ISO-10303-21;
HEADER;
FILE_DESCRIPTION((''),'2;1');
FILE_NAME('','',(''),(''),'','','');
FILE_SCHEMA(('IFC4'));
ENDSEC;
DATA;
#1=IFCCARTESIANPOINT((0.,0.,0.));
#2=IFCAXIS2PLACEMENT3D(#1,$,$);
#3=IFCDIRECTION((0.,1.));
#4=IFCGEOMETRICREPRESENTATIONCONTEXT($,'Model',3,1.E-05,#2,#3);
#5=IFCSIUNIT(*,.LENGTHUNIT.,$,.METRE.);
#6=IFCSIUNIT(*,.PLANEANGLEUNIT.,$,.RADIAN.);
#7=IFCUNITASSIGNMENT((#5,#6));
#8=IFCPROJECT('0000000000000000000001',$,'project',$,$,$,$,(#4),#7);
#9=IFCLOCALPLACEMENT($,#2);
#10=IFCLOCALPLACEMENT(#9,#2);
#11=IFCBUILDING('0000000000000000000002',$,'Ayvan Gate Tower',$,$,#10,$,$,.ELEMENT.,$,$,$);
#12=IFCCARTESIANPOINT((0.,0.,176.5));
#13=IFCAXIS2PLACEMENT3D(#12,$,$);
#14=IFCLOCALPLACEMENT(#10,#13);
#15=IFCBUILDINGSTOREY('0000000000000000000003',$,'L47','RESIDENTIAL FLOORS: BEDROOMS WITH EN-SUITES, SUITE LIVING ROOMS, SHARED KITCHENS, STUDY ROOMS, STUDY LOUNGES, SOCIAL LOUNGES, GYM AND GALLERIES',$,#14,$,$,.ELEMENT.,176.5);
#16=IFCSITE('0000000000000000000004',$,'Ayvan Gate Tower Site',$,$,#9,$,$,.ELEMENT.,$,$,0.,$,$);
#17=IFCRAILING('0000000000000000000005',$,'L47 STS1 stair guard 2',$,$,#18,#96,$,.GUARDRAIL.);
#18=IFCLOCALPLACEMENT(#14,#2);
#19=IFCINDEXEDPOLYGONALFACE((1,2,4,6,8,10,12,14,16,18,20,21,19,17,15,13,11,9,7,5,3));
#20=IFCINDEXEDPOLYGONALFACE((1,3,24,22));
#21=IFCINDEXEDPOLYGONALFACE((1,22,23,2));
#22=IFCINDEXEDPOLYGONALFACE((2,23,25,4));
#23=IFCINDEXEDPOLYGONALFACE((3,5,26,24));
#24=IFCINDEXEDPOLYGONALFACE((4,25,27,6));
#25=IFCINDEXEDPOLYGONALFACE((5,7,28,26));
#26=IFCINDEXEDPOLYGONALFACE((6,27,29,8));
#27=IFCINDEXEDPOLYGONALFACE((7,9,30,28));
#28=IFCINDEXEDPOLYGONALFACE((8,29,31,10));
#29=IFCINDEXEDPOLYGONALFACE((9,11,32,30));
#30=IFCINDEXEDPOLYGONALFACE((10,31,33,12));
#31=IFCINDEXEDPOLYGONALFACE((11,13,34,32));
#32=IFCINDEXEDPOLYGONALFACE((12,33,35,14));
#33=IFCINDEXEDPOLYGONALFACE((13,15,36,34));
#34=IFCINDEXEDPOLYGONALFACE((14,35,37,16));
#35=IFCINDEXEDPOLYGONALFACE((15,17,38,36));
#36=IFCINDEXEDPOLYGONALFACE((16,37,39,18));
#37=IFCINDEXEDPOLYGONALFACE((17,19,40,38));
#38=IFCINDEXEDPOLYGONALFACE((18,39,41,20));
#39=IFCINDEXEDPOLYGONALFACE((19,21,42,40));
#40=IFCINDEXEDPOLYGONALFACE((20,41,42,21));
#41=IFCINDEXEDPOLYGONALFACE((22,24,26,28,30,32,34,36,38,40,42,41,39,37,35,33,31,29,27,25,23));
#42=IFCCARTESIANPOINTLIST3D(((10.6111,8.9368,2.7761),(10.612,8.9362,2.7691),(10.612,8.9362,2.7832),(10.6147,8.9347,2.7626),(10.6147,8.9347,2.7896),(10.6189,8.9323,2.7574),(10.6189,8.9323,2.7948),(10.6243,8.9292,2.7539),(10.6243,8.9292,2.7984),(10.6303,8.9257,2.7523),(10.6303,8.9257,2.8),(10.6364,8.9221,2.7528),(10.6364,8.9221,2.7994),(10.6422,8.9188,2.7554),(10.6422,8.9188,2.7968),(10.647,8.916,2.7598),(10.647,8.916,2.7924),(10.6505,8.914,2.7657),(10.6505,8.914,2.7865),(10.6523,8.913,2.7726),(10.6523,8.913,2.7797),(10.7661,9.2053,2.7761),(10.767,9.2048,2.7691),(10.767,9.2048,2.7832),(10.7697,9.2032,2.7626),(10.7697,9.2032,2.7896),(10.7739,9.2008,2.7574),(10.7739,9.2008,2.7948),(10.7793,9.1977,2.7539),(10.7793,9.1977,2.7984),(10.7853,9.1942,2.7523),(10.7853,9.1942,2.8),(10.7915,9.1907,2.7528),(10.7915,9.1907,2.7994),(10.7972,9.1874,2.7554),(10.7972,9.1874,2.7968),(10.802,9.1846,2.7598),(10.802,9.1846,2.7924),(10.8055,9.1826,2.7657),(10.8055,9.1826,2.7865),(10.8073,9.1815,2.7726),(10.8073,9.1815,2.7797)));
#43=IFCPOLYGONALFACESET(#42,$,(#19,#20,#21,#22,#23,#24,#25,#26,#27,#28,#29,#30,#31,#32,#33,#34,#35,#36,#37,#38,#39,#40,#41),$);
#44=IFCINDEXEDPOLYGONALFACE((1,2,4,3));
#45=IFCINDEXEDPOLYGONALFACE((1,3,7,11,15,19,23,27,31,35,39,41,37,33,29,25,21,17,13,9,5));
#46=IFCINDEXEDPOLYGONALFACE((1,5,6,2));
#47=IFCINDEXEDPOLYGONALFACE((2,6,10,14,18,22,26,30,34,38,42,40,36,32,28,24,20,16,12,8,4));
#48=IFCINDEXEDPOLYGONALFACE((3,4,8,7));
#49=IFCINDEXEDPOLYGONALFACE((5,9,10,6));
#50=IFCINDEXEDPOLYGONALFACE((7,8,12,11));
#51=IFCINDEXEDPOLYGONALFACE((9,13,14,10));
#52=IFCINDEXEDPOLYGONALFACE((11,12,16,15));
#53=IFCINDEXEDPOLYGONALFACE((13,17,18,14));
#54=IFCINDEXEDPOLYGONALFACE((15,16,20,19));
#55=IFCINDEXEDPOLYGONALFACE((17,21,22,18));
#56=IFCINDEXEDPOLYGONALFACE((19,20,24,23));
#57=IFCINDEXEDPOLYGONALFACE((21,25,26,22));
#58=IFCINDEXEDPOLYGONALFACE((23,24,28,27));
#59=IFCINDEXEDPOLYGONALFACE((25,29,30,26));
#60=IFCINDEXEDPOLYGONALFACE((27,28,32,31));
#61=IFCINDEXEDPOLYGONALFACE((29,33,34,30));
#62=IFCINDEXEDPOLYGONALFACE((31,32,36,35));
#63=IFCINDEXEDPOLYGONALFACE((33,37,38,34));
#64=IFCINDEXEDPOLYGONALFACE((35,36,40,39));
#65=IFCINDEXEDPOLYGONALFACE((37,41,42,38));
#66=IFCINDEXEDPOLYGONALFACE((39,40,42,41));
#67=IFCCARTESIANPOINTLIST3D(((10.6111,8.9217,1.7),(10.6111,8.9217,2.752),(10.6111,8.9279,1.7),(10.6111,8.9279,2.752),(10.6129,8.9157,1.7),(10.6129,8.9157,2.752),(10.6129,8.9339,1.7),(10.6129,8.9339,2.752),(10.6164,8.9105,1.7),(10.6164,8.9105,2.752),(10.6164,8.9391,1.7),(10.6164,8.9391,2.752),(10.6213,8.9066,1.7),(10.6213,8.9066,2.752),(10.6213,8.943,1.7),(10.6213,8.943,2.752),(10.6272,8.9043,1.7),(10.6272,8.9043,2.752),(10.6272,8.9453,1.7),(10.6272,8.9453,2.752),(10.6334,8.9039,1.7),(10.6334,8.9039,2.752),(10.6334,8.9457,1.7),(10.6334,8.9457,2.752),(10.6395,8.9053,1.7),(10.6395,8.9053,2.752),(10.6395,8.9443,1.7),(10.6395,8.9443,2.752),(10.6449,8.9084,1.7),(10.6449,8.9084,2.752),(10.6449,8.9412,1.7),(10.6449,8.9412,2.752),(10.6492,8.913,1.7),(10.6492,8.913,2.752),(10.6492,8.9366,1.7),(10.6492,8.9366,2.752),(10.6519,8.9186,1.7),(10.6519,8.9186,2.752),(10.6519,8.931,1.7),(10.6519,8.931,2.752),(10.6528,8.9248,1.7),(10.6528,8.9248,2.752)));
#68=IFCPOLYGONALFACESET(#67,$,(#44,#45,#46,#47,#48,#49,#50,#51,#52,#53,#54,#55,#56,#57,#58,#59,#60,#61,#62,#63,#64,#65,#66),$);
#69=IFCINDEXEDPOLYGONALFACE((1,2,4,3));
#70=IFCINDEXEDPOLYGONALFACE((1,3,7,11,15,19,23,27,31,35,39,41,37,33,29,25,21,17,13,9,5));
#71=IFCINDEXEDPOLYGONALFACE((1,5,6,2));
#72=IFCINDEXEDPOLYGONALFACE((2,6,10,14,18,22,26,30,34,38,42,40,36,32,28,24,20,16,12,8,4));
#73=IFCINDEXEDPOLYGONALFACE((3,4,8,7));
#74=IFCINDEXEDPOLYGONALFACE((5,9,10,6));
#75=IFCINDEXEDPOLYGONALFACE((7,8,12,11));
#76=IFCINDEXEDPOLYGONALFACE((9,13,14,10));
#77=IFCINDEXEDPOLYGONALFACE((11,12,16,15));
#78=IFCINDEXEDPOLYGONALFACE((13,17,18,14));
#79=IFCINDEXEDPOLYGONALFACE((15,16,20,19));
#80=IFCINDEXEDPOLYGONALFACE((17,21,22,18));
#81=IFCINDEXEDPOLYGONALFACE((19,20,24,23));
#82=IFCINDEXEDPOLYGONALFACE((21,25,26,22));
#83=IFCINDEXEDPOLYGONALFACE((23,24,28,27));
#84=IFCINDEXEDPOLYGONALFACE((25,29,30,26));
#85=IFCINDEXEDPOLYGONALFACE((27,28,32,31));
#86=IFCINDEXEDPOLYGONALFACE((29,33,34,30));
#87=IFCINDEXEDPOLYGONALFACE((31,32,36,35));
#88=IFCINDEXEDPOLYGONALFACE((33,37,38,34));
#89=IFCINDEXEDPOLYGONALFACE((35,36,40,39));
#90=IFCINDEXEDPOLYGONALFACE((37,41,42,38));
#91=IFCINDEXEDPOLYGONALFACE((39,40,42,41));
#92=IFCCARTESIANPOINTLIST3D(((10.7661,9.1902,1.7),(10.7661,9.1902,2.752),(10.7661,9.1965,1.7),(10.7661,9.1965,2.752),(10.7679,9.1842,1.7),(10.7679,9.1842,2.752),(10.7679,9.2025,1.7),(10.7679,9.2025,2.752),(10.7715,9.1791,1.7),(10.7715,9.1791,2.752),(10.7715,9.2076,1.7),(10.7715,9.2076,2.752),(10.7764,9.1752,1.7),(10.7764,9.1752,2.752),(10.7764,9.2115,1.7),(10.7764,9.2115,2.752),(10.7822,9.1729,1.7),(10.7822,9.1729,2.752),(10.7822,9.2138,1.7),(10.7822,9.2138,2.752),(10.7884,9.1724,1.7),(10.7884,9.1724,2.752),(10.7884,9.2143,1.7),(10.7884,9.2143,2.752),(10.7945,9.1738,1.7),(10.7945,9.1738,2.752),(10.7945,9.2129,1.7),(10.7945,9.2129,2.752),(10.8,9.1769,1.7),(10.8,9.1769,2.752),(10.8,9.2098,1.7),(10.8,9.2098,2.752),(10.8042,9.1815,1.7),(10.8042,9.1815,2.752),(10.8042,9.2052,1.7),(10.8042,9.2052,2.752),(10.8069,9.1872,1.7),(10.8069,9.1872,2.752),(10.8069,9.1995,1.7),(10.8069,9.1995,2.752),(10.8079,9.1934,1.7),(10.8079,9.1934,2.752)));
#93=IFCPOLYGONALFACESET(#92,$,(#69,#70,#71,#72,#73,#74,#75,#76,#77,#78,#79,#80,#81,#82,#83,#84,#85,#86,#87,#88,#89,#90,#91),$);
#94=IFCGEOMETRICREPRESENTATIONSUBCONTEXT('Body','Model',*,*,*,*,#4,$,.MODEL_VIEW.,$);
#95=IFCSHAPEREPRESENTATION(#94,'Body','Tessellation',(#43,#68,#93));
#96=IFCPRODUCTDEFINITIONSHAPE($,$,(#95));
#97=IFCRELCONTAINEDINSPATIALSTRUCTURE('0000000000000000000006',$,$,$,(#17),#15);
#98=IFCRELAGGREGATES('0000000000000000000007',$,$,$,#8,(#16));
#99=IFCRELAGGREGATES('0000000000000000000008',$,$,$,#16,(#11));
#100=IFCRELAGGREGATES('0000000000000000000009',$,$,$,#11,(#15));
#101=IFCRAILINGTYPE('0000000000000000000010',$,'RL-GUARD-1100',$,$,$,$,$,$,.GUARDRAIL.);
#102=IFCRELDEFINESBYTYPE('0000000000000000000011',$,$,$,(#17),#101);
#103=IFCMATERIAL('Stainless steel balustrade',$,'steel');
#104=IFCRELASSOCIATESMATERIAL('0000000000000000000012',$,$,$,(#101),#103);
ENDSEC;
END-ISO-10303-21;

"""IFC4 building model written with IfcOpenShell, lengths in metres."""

from ifc_helpers import new_model, si_unit, direction, frame, origin, origin_2d, place, context, subcontext, project, spatial, circle, extrude, material, type_object, element, save


model = new_model("IFC4")

# Units and contexts
model_context = context("Model", 3, precision=1e-05, world=origin(), true_north=direction((0.0, 1.0)))
body_context = subcontext(model_context, "Body", "Model", "MODEL_VIEW")
ifc_project = project(units=[si_unit("LENGTHUNIT", "METRE"), si_unit("PLANEANGLEUNIT", "RADIAN")], contexts=[model_context])

# Site, building, storey
site_placement = place(None, origin())
site = spatial("IfcSite", under=ifc_project, at=site_placement, Name="Ayvan Gate Tower Site", CompositionType="ELEMENT", RefElevation=0.0)
building_placement = place(site_placement, origin())
building = spatial("IfcBuilding", under=site, at=building_placement, Name="Ayvan Gate Tower", CompositionType="ELEMENT")
storey_placement = place(building_placement, frame((0.0, 0.0, 176.5)))
storey = spatial("IfcBuildingStorey", under=building, at=storey_placement, Name="L47", Description="RESIDENTIAL FLOORS: BEDROOMS WITH EN-SUITES, SUITE LIVING ROOMS, SHARED KITCHENS, STUDY ROOMS, STUDY LOUNGES, SOCIAL LOUNGES, GYM AND GALLERIES", CompositionType="ELEMENT", Elevation=176.5)

# Railing
ifc_material_1 = material(Name="Stainless steel balustrade", Category="steel")
railing_type_1 = type_object("IfcRailingType", Name="RL-GUARD-1100", PredefinedType="GUARDRAIL", material=ifc_material_1)
railing_1_placement = place(storey_placement, frame((10.6318, 8.9248, 1.7)))
element("IfcRailing", 1, at=railing_1_placement, inside=storey, type_object=railing_type_1, Name="L47 STS1 stair guard 2", PredefinedType="GUARDRAIL", context=body_context, shape_type="SweptSolid", body=[
    extrude(circle(Radius=0.0239, at=origin_2d()), frame((0.0, 0.0, 1.0762), z_axis=(0.49995, 0.866054, 0.0), x_axis=(-0.866054, 0.49995, 0.0)), (0.0, 0.0, 1.0), 0.3101),
    extrude(circle(Radius=0.021, at=origin_2d()), origin(), (0.0, 0.0, 1.0), 1.052),
    extrude(circle(Radius=0.021, at=origin_2d()), frame((0.155, 0.2686, 0.0)), (0.0, 0.0, 1.0), 1.052),
])

save(model, "model.ifc")
